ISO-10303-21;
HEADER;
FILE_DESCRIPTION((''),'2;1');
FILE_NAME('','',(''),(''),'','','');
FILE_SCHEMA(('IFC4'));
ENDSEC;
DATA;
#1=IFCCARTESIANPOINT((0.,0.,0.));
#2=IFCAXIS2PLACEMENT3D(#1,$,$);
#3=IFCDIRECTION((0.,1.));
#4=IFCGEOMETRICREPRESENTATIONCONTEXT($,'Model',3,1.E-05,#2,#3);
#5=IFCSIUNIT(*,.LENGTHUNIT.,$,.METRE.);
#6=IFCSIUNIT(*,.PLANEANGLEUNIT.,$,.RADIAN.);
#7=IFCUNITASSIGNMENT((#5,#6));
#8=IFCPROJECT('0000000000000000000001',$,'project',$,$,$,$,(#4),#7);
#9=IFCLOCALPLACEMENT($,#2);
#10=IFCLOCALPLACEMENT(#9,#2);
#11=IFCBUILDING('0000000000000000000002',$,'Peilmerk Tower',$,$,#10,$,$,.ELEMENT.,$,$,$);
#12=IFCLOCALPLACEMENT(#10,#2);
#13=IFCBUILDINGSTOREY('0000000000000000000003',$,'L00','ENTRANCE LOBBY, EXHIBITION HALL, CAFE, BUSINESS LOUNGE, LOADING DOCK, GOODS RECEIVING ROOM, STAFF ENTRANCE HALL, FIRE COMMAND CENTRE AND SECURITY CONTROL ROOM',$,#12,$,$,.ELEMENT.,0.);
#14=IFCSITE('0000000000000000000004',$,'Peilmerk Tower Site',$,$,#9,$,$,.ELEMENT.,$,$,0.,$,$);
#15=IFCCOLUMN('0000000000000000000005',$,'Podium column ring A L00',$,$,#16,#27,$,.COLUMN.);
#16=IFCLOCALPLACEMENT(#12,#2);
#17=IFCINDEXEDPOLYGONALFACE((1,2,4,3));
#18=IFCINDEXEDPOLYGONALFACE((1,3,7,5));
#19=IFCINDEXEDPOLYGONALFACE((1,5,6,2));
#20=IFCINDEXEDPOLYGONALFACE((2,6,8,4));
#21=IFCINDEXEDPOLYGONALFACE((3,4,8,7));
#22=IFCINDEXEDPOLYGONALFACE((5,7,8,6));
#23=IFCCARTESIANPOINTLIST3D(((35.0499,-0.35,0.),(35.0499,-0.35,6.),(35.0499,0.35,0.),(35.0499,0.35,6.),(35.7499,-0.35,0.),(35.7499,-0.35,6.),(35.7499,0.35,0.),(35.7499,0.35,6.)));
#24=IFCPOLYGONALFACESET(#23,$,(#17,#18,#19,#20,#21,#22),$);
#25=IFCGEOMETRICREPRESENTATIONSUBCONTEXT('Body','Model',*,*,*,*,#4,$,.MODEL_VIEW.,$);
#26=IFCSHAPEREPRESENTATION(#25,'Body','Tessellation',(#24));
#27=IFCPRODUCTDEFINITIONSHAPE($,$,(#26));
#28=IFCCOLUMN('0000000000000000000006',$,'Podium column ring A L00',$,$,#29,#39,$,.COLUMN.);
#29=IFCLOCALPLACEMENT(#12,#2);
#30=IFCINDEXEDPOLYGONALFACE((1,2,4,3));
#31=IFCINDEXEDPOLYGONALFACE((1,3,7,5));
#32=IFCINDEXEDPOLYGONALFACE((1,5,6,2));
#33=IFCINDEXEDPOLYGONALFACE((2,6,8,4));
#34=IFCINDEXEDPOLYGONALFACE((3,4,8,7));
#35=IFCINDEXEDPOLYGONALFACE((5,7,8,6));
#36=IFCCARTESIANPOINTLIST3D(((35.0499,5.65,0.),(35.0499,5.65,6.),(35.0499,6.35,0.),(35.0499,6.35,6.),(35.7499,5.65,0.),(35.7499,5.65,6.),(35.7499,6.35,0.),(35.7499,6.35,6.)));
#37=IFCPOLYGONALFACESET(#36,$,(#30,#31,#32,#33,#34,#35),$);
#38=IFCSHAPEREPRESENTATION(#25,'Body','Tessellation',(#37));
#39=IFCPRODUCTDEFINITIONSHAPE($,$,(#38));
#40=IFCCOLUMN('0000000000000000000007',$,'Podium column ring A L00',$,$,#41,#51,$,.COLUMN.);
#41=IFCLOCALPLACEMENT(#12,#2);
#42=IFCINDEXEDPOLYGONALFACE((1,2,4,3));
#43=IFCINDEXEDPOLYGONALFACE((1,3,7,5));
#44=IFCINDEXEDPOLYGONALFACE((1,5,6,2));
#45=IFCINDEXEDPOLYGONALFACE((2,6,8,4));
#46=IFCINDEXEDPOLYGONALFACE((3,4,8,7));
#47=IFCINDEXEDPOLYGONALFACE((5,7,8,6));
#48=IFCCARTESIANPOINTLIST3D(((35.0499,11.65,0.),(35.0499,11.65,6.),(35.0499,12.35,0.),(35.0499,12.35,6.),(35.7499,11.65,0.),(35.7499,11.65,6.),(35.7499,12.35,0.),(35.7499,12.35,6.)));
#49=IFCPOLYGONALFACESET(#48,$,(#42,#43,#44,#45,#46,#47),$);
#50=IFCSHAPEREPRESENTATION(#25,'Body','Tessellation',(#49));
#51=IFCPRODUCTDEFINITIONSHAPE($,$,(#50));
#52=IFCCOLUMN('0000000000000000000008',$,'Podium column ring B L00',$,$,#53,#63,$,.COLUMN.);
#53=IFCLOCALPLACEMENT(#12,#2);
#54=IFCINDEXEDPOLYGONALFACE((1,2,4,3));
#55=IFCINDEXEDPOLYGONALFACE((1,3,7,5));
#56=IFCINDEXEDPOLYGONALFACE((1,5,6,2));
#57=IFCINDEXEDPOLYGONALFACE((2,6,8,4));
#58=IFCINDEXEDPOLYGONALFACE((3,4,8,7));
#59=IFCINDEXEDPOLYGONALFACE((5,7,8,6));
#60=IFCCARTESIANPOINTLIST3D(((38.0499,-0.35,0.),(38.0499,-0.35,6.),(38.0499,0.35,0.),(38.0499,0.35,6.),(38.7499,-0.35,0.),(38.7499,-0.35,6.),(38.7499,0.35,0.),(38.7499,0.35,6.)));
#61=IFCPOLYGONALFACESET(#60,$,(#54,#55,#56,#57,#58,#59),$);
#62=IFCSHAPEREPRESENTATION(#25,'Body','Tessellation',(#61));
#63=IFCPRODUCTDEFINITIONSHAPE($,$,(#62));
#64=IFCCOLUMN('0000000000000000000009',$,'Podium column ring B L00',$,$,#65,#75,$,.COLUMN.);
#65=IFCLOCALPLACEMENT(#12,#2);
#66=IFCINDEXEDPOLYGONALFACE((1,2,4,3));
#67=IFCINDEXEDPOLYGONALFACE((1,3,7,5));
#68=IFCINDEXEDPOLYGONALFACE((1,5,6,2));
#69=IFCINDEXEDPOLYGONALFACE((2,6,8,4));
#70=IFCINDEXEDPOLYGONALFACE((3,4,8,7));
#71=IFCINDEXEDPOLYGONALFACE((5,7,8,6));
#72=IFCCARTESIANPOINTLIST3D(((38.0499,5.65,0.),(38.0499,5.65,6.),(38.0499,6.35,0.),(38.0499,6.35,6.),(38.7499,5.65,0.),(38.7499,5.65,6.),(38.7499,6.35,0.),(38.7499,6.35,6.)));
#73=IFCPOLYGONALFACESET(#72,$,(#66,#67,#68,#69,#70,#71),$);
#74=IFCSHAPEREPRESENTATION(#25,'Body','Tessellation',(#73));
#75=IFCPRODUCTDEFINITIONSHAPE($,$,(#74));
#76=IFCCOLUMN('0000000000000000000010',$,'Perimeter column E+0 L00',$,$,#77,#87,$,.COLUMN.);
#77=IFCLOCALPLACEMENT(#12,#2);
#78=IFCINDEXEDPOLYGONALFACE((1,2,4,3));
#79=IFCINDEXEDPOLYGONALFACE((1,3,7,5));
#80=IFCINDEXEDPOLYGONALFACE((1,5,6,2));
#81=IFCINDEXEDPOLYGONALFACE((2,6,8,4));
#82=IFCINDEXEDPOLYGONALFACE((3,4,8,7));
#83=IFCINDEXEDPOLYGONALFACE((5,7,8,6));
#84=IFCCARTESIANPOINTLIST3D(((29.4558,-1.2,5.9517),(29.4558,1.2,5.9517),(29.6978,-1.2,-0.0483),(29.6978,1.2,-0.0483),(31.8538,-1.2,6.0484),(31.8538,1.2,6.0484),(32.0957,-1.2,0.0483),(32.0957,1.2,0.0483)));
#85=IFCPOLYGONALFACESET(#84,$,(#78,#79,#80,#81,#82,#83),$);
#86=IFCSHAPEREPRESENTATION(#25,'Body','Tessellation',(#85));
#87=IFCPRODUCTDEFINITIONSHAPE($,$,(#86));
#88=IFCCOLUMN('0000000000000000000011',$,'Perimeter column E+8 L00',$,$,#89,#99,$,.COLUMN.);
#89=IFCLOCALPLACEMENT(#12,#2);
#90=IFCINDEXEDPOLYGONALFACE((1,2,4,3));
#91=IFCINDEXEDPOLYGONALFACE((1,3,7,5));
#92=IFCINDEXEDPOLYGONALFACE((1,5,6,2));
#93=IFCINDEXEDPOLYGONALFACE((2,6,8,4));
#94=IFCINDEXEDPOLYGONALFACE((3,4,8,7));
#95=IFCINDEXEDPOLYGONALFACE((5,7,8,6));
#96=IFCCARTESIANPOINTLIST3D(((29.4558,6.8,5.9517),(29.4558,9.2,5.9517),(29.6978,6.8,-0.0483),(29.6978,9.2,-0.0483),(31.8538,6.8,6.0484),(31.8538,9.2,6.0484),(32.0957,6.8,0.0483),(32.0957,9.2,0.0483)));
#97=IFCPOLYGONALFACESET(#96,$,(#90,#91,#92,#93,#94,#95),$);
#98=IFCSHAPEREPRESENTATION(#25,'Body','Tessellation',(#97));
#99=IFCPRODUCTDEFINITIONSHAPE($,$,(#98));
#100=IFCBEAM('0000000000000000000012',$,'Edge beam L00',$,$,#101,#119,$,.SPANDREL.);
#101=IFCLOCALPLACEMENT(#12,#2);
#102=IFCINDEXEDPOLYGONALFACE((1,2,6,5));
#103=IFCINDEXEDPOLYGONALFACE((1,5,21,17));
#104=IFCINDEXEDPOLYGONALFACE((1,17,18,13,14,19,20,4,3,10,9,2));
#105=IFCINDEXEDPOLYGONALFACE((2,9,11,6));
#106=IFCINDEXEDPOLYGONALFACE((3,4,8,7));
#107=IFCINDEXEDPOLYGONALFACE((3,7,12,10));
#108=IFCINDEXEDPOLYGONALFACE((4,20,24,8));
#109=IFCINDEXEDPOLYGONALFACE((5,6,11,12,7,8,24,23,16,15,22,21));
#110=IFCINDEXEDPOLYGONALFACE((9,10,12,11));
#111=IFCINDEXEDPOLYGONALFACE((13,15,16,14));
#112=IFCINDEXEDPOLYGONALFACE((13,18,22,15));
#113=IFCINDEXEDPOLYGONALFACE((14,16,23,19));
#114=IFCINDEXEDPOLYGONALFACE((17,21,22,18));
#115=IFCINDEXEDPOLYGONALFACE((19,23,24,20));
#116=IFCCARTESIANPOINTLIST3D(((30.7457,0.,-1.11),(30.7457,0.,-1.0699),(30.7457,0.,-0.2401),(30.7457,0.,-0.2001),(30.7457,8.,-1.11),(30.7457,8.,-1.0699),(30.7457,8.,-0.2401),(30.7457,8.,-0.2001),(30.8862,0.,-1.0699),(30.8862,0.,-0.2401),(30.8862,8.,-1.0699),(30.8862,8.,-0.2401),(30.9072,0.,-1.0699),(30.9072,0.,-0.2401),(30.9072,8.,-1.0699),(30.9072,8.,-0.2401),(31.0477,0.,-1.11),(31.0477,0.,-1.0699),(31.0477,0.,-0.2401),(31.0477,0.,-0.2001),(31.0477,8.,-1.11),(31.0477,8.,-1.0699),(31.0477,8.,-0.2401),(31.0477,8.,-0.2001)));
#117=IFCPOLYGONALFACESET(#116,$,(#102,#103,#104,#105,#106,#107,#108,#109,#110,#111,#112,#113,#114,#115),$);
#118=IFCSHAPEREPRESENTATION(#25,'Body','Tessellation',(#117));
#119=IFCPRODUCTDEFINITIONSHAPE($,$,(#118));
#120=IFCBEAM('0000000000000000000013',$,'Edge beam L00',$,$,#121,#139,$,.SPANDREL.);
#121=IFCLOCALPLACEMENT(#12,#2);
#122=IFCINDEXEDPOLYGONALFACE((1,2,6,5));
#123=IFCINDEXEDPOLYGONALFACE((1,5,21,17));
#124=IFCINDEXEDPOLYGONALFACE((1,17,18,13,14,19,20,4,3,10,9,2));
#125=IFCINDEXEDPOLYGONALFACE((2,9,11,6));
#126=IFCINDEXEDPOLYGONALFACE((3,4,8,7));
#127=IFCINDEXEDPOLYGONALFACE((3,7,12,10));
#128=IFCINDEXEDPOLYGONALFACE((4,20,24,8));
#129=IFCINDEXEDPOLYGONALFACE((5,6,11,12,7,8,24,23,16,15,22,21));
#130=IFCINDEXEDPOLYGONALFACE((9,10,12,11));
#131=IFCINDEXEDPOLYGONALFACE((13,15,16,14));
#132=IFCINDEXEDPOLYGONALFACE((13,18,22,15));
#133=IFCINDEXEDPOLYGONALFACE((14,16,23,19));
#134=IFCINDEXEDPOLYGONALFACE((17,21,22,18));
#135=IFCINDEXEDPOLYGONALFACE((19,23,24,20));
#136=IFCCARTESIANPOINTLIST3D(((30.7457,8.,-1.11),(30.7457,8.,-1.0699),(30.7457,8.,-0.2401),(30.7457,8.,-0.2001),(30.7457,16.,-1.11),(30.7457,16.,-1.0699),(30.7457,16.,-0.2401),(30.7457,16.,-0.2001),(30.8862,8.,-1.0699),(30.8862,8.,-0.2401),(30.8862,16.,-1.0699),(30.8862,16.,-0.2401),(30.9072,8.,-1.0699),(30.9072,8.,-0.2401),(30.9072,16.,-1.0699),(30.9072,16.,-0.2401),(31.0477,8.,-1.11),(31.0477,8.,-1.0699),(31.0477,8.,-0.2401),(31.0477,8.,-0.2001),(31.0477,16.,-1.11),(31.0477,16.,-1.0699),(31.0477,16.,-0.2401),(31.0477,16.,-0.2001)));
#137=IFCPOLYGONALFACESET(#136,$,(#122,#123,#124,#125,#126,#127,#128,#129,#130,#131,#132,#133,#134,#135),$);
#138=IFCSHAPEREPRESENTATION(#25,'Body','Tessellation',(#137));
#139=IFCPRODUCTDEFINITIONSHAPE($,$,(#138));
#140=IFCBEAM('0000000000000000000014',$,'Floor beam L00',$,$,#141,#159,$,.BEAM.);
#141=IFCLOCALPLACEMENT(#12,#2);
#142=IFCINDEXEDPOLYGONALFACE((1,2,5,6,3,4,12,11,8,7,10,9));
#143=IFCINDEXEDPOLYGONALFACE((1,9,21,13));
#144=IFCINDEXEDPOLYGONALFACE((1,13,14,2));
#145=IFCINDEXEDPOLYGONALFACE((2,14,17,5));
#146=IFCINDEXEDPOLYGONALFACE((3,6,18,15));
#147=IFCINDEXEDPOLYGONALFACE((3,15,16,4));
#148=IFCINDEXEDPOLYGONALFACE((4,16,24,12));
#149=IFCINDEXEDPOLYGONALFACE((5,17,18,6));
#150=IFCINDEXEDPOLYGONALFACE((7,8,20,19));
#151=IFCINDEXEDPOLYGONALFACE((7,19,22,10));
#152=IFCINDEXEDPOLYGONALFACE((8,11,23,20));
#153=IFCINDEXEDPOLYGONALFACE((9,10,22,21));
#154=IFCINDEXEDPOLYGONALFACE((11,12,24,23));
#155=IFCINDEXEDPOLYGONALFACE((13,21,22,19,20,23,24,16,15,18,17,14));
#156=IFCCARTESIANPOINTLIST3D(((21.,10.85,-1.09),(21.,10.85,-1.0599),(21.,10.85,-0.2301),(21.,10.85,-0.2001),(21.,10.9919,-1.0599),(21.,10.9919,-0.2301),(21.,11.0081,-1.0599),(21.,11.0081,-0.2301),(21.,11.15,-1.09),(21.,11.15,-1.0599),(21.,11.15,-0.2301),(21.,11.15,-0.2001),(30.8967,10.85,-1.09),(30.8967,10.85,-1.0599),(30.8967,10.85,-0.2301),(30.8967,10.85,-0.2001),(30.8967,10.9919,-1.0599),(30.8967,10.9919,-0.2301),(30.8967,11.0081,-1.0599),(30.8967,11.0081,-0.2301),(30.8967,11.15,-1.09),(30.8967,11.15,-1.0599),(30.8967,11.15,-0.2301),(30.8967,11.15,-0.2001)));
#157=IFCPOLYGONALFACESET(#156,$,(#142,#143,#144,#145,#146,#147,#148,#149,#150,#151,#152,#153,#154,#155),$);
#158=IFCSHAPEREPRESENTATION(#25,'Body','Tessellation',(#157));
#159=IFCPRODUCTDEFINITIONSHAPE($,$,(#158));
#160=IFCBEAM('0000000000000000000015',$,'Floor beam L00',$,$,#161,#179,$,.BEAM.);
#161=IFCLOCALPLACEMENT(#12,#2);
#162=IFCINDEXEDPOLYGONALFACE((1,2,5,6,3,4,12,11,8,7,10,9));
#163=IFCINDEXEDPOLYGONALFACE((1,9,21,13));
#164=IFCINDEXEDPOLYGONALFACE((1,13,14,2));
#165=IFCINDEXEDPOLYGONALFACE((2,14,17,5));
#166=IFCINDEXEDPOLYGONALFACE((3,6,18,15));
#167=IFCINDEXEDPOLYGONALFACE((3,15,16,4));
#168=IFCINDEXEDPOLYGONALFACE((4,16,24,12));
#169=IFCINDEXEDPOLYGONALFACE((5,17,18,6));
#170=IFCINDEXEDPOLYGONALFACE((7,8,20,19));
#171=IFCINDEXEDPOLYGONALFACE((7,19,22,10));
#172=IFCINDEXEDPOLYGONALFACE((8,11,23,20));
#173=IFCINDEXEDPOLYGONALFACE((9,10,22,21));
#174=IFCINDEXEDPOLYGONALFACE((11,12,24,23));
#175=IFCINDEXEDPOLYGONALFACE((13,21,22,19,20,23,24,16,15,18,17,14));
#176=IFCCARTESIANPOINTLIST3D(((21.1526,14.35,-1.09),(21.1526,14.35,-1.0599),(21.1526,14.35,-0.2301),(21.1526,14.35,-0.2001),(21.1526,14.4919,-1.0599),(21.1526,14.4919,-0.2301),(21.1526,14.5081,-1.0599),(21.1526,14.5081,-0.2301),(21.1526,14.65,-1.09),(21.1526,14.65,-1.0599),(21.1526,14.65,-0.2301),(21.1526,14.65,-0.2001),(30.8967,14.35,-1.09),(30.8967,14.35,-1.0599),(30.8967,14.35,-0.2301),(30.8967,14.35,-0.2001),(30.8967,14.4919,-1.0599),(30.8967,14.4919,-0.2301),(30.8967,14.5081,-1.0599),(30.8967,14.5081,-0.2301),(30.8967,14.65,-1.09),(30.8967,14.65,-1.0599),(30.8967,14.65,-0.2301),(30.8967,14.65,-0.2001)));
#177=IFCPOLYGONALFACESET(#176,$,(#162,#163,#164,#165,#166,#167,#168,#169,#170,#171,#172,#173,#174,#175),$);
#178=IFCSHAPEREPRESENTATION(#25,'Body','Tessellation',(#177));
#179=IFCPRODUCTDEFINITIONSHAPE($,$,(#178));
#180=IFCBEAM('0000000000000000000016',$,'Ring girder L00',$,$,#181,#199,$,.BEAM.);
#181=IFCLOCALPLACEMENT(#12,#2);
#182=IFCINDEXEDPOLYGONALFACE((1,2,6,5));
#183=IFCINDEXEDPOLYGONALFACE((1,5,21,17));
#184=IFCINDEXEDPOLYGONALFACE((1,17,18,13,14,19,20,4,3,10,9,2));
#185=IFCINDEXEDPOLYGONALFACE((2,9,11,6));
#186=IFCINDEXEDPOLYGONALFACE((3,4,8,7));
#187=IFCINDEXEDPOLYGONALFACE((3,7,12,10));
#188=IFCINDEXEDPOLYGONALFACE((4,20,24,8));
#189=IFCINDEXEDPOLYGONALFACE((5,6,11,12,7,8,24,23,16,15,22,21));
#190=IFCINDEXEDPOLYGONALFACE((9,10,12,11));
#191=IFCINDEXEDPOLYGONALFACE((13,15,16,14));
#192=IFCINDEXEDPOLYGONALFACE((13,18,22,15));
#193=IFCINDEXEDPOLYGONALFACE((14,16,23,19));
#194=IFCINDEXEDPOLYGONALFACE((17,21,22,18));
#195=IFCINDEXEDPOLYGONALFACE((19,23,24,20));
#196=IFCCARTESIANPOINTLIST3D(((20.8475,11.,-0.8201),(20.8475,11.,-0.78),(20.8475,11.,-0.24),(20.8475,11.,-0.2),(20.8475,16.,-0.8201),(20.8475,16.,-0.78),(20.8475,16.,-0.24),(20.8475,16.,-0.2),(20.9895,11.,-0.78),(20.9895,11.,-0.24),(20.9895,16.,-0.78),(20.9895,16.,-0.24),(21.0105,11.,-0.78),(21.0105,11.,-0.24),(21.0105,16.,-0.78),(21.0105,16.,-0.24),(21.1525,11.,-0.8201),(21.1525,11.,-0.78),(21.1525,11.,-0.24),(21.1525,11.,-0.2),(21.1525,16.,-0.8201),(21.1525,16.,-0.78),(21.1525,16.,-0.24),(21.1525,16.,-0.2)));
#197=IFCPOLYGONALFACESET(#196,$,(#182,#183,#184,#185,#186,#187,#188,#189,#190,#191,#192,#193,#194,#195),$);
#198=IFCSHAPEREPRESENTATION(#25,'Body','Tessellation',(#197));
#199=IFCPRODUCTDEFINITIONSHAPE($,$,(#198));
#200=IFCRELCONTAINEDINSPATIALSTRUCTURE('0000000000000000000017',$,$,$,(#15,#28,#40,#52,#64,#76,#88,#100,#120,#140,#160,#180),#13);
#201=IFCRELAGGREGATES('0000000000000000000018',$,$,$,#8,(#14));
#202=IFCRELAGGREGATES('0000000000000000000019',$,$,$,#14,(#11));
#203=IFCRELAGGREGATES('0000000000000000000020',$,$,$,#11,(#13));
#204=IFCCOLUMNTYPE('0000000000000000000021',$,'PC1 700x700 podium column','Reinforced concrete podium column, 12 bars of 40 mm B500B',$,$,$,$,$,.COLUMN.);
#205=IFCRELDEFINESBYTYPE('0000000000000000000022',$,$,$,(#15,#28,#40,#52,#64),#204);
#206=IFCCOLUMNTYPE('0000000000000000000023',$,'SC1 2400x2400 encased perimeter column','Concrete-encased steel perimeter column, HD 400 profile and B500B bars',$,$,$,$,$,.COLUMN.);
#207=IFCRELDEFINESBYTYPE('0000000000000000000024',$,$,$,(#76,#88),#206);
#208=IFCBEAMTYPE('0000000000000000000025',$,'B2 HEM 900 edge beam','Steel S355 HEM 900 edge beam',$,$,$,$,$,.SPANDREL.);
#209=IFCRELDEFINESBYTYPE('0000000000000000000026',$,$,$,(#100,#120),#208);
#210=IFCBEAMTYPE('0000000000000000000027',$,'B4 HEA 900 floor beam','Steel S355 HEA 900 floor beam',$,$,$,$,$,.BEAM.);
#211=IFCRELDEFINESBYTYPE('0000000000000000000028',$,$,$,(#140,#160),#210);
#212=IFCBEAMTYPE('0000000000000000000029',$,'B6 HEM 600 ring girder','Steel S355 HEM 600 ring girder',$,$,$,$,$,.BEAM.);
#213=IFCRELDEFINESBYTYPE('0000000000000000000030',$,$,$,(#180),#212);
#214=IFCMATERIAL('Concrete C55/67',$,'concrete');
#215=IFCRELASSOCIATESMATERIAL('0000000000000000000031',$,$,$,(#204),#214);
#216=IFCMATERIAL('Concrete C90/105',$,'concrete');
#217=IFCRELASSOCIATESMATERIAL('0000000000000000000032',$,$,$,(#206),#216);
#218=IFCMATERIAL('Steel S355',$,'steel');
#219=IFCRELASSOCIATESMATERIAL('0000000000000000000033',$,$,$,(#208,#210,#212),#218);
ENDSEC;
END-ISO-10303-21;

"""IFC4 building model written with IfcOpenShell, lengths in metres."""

from ifc_helpers import new_model, si_unit, direction, frame, origin, origin_2d, place, context, subcontext, project, spatial, rectangle, i_section, extrude, material, material_profile, profile_set, type_object, element, save


model = new_model("IFC4")

# Units and contexts
model_context = context("Model", 3, precision=1e-05, world=origin(), true_north=direction((0.0, 1.0)))
body_context = subcontext(model_context, "Body", "Model", "MODEL_VIEW")
ifc_project = project(units=[si_unit("LENGTHUNIT", "METRE"), si_unit("PLANEANGLEUNIT", "RADIAN")], contexts=[model_context])

# Site, building, storey
site_placement = place(None, origin())
site = spatial("IfcSite", under=ifc_project, at=site_placement, Name="Peilmerk Tower Site", CompositionType="ELEMENT", RefElevation=0.0)
building_placement = place(site_placement, origin())
building = spatial("IfcBuilding", under=site, at=building_placement, Name="Peilmerk Tower", CompositionType="ELEMENT")
storey_placement = place(building_placement, origin())
storey = spatial("IfcBuildingStorey", under=building, at=storey_placement, Name="L00", Description="ENTRANCE LOBBY, EXHIBITION HALL, CAFE, BUSINESS LOUNGE, LOADING DOCK, GOODS RECEIVING ROOM, STAFF ENTRANCE HALL, FIRE COMMAND CENTRE AND SECURITY CONTROL ROOM", CompositionType="ELEMENT", Elevation=0.0)

# Columns
ifc_material_1 = material(Name="Concrete C55/67", Category="concrete")
ifc_material_profile_1 = material_profile(ifc_material_1, rectangle(XDim=0.7, YDim=0.7, at=origin_2d()), Name="RC 700x700")
ifc_profile_set_1 = profile_set([ifc_material_profile_1], Name="Concrete C55/67")
column_type_1 = type_object("IfcColumnType", Name="PC1 700x700 podium column", Description="Reinforced concrete podium column, 12 bars of 40 mm B500B", PredefinedType="COLUMN", material=ifc_profile_set_1)
for number, where, z_axis, x_axis, name in (
    (1, (35.3999, 0.0, 0.0), (0.0, 0.0, 1.0), (1.0, 0.0, 0.0), "Podium column ring A L00"),
    (2, (35.3999, 6.0, 0.0), (0.0, 0.0, 1.0), (1.0, 0.0, 0.0), "Podium column ring A L00"),
    (3, (35.3999, 12.0, 0.0), (0.0, 0.0, 1.0), (1.0, 0.0, 0.0), "Podium column ring A L00"),
    (4, (38.3999, 0.0, 0.0), (0.0, 0.0, 1.0), (1.0, 0.0, 0.0), "Podium column ring B L00"),
    (5, (38.3999, 6.0, 0.0), (0.0, 0.0, 1.0), (1.0, 0.0, 0.0), "Podium column ring B L00"),
):
    element("IfcColumn", number, at=place(storey_placement, frame(where, z_axis=z_axis, x_axis=x_axis)), inside=storey, type_object=column_type_1, Name=name, PredefinedType="COLUMN", context=body_context, shape_type="SweptSolid", body=[
        extrude(rectangle(XDim=0.7, YDim=0.7, at=origin_2d()), origin(), (0.0, 0.0, 1.0), 6.0),
    ])
ifc_material_2 = material(Name="Concrete C90/105", Category="concrete")
ifc_material_profile_2 = material_profile(ifc_material_2, rectangle(XDim=2.3999, YDim=2.3999, at=origin_2d()), Name="RC 2400x2400")
ifc_profile_set_2 = profile_set([ifc_material_profile_2], Name="Concrete C90/105")
column_type_2 = type_object("IfcColumnType", Name="SC1 2400x2400 encased perimeter column", Description="Concrete-encased steel perimeter column, HD 400 profile and B500B bars", PredefinedType="COLUMN", material=ifc_profile_set_2)
for number, where, z_axis, x_axis, name in (
    (6, (30.8967, 0.0, 0.0), (-0.040291, 0.0, 0.999188), (0.0, -1.0, 0.0), "Perimeter column E+0 L00"),
    (7, (30.8967, 8.0, 0.0), (-0.040291, 0.0, 0.999188), (0.0, -1.0, 0.0), "Perimeter column E+8 L00"),
):
    element("IfcColumn", number, at=place(storey_placement, frame(where, z_axis=z_axis, x_axis=x_axis)), inside=storey, type_object=column_type_2, Name=name, PredefinedType="COLUMN", context=body_context, shape_type="SweptSolid", body=[
        extrude(rectangle(XDim=2.3999, YDim=2.3999, at=origin_2d()), origin(), (0.0, 0.0, 1.0), 6.0049),
    ])

# Beams
ifc_material_3 = material(Name="Steel S355", Category="steel")
ifc_material_profile_3 = material_profile(ifc_material_3, i_section(OverallWidth=0.302, OverallDepth=0.9099, WebThickness=0.021, FlangeThickness=0.04, at=origin_2d()), Name="HEM 900")
ifc_profile_set_3 = profile_set([ifc_material_profile_3], Name="Steel S355")
beam_type_1 = type_object("IfcBeamType", Name="B2 HEM 900 edge beam", Description="Steel S355 HEM 900 edge beam", PredefinedType="SPANDREL", material=ifc_profile_set_3)
for number, where, z_axis, x_axis, name in (
    (8, (30.8967, 0.0, -0.655), (0.0, 1.0, 0.0), (-1.0, 0.0, 0.0), "Edge beam L00"),
    (9, (30.8967, 8.0, -0.655), (0.0, 1.0, 0.0), (-1.0, 0.0, 0.0), "Edge beam L00"),
):
    element("IfcBeam", number, at=place(storey_placement, frame(where, z_axis=z_axis, x_axis=x_axis)), inside=storey, type_object=beam_type_1, Name=name, PredefinedType="SPANDREL", context=body_context, shape_type="SweptSolid", body=[
        extrude(i_section(OverallWidth=0.302, OverallDepth=0.9099, WebThickness=0.021, FlangeThickness=0.04, at=origin_2d()), origin(), (0.0, 0.0, 1.0), 8.0),
    ])
ifc_material_profile_4 = material_profile(ifc_material_3, i_section(OverallWidth=0.3, OverallDepth=0.8899, WebThickness=0.0161, FlangeThickness=0.03, at=origin_2d()), Name="HEA 900")
ifc_profile_set_4 = profile_set([ifc_material_profile_4], Name="Steel S355")
beam_type_2 = type_object("IfcBeamType", Name="B4 HEA 900 floor beam", Description="Steel S355 HEA 900 floor beam", PredefinedType="BEAM", material=ifc_profile_set_4)
beam_1_placement = place(storey_placement, frame((21.0, 11.0, -0.645), z_axis=(1.0, 0.0, 0.0), x_axis=(0.0, 1.0, 0.0)))
element("IfcBeam", 10, at=beam_1_placement, inside=storey, type_object=beam_type_2, Name="Floor beam L00", PredefinedType="BEAM", context=body_context, shape_type="SweptSolid", body=[
    extrude(i_section(OverallWidth=0.3, OverallDepth=0.8899, WebThickness=0.0161, FlangeThickness=0.03, at=origin_2d()), origin(), (0.0, 0.0, 1.0), 9.8967),
])
beam_2_placement = place(storey_placement, frame((21.1526, 14.5, -0.645), z_axis=(1.0, 0.0, 0.0), x_axis=(0.0, 1.0, 0.0)))
element("IfcBeam", 11, at=beam_2_placement, inside=storey, type_object=beam_type_2, Name="Floor beam L00", PredefinedType="BEAM", context=body_context, shape_type="SweptSolid", body=[
    extrude(i_section(OverallWidth=0.3, OverallDepth=0.8899, WebThickness=0.0161, FlangeThickness=0.03, at=origin_2d()), origin(), (0.0, 0.0, 1.0), 9.7441),
])
ifc_material_profile_5 = material_profile(ifc_material_3, i_section(OverallWidth=0.3049, OverallDepth=0.6201, WebThickness=0.021, FlangeThickness=0.04, at=origin_2d()), Name="HEM 600")
ifc_profile_set_5 = profile_set([ifc_material_profile_5], Name="Steel S355")
beam_type_3 = type_object("IfcBeamType", Name="B6 HEM 600 ring girder", Description="Steel S355 HEM 600 ring girder", PredefinedType="BEAM", material=ifc_profile_set_5)
beam_3_placement = place(storey_placement, frame((21.0, 11.0, -0.51), z_axis=(0.0, 1.0, 0.0), x_axis=(-1.0, 0.0, 0.0)))
element("IfcBeam", 12, at=beam_3_placement, inside=storey, type_object=beam_type_3, Name="Ring girder L00", PredefinedType="BEAM", context=body_context, shape_type="SweptSolid", body=[
    extrude(i_section(OverallWidth=0.3049, OverallDepth=0.6201, WebThickness=0.021, FlangeThickness=0.04, at=origin_2d()), origin(), (0.0, 0.0, 1.0), 5.0),
])

save(model, "model.ifc")
